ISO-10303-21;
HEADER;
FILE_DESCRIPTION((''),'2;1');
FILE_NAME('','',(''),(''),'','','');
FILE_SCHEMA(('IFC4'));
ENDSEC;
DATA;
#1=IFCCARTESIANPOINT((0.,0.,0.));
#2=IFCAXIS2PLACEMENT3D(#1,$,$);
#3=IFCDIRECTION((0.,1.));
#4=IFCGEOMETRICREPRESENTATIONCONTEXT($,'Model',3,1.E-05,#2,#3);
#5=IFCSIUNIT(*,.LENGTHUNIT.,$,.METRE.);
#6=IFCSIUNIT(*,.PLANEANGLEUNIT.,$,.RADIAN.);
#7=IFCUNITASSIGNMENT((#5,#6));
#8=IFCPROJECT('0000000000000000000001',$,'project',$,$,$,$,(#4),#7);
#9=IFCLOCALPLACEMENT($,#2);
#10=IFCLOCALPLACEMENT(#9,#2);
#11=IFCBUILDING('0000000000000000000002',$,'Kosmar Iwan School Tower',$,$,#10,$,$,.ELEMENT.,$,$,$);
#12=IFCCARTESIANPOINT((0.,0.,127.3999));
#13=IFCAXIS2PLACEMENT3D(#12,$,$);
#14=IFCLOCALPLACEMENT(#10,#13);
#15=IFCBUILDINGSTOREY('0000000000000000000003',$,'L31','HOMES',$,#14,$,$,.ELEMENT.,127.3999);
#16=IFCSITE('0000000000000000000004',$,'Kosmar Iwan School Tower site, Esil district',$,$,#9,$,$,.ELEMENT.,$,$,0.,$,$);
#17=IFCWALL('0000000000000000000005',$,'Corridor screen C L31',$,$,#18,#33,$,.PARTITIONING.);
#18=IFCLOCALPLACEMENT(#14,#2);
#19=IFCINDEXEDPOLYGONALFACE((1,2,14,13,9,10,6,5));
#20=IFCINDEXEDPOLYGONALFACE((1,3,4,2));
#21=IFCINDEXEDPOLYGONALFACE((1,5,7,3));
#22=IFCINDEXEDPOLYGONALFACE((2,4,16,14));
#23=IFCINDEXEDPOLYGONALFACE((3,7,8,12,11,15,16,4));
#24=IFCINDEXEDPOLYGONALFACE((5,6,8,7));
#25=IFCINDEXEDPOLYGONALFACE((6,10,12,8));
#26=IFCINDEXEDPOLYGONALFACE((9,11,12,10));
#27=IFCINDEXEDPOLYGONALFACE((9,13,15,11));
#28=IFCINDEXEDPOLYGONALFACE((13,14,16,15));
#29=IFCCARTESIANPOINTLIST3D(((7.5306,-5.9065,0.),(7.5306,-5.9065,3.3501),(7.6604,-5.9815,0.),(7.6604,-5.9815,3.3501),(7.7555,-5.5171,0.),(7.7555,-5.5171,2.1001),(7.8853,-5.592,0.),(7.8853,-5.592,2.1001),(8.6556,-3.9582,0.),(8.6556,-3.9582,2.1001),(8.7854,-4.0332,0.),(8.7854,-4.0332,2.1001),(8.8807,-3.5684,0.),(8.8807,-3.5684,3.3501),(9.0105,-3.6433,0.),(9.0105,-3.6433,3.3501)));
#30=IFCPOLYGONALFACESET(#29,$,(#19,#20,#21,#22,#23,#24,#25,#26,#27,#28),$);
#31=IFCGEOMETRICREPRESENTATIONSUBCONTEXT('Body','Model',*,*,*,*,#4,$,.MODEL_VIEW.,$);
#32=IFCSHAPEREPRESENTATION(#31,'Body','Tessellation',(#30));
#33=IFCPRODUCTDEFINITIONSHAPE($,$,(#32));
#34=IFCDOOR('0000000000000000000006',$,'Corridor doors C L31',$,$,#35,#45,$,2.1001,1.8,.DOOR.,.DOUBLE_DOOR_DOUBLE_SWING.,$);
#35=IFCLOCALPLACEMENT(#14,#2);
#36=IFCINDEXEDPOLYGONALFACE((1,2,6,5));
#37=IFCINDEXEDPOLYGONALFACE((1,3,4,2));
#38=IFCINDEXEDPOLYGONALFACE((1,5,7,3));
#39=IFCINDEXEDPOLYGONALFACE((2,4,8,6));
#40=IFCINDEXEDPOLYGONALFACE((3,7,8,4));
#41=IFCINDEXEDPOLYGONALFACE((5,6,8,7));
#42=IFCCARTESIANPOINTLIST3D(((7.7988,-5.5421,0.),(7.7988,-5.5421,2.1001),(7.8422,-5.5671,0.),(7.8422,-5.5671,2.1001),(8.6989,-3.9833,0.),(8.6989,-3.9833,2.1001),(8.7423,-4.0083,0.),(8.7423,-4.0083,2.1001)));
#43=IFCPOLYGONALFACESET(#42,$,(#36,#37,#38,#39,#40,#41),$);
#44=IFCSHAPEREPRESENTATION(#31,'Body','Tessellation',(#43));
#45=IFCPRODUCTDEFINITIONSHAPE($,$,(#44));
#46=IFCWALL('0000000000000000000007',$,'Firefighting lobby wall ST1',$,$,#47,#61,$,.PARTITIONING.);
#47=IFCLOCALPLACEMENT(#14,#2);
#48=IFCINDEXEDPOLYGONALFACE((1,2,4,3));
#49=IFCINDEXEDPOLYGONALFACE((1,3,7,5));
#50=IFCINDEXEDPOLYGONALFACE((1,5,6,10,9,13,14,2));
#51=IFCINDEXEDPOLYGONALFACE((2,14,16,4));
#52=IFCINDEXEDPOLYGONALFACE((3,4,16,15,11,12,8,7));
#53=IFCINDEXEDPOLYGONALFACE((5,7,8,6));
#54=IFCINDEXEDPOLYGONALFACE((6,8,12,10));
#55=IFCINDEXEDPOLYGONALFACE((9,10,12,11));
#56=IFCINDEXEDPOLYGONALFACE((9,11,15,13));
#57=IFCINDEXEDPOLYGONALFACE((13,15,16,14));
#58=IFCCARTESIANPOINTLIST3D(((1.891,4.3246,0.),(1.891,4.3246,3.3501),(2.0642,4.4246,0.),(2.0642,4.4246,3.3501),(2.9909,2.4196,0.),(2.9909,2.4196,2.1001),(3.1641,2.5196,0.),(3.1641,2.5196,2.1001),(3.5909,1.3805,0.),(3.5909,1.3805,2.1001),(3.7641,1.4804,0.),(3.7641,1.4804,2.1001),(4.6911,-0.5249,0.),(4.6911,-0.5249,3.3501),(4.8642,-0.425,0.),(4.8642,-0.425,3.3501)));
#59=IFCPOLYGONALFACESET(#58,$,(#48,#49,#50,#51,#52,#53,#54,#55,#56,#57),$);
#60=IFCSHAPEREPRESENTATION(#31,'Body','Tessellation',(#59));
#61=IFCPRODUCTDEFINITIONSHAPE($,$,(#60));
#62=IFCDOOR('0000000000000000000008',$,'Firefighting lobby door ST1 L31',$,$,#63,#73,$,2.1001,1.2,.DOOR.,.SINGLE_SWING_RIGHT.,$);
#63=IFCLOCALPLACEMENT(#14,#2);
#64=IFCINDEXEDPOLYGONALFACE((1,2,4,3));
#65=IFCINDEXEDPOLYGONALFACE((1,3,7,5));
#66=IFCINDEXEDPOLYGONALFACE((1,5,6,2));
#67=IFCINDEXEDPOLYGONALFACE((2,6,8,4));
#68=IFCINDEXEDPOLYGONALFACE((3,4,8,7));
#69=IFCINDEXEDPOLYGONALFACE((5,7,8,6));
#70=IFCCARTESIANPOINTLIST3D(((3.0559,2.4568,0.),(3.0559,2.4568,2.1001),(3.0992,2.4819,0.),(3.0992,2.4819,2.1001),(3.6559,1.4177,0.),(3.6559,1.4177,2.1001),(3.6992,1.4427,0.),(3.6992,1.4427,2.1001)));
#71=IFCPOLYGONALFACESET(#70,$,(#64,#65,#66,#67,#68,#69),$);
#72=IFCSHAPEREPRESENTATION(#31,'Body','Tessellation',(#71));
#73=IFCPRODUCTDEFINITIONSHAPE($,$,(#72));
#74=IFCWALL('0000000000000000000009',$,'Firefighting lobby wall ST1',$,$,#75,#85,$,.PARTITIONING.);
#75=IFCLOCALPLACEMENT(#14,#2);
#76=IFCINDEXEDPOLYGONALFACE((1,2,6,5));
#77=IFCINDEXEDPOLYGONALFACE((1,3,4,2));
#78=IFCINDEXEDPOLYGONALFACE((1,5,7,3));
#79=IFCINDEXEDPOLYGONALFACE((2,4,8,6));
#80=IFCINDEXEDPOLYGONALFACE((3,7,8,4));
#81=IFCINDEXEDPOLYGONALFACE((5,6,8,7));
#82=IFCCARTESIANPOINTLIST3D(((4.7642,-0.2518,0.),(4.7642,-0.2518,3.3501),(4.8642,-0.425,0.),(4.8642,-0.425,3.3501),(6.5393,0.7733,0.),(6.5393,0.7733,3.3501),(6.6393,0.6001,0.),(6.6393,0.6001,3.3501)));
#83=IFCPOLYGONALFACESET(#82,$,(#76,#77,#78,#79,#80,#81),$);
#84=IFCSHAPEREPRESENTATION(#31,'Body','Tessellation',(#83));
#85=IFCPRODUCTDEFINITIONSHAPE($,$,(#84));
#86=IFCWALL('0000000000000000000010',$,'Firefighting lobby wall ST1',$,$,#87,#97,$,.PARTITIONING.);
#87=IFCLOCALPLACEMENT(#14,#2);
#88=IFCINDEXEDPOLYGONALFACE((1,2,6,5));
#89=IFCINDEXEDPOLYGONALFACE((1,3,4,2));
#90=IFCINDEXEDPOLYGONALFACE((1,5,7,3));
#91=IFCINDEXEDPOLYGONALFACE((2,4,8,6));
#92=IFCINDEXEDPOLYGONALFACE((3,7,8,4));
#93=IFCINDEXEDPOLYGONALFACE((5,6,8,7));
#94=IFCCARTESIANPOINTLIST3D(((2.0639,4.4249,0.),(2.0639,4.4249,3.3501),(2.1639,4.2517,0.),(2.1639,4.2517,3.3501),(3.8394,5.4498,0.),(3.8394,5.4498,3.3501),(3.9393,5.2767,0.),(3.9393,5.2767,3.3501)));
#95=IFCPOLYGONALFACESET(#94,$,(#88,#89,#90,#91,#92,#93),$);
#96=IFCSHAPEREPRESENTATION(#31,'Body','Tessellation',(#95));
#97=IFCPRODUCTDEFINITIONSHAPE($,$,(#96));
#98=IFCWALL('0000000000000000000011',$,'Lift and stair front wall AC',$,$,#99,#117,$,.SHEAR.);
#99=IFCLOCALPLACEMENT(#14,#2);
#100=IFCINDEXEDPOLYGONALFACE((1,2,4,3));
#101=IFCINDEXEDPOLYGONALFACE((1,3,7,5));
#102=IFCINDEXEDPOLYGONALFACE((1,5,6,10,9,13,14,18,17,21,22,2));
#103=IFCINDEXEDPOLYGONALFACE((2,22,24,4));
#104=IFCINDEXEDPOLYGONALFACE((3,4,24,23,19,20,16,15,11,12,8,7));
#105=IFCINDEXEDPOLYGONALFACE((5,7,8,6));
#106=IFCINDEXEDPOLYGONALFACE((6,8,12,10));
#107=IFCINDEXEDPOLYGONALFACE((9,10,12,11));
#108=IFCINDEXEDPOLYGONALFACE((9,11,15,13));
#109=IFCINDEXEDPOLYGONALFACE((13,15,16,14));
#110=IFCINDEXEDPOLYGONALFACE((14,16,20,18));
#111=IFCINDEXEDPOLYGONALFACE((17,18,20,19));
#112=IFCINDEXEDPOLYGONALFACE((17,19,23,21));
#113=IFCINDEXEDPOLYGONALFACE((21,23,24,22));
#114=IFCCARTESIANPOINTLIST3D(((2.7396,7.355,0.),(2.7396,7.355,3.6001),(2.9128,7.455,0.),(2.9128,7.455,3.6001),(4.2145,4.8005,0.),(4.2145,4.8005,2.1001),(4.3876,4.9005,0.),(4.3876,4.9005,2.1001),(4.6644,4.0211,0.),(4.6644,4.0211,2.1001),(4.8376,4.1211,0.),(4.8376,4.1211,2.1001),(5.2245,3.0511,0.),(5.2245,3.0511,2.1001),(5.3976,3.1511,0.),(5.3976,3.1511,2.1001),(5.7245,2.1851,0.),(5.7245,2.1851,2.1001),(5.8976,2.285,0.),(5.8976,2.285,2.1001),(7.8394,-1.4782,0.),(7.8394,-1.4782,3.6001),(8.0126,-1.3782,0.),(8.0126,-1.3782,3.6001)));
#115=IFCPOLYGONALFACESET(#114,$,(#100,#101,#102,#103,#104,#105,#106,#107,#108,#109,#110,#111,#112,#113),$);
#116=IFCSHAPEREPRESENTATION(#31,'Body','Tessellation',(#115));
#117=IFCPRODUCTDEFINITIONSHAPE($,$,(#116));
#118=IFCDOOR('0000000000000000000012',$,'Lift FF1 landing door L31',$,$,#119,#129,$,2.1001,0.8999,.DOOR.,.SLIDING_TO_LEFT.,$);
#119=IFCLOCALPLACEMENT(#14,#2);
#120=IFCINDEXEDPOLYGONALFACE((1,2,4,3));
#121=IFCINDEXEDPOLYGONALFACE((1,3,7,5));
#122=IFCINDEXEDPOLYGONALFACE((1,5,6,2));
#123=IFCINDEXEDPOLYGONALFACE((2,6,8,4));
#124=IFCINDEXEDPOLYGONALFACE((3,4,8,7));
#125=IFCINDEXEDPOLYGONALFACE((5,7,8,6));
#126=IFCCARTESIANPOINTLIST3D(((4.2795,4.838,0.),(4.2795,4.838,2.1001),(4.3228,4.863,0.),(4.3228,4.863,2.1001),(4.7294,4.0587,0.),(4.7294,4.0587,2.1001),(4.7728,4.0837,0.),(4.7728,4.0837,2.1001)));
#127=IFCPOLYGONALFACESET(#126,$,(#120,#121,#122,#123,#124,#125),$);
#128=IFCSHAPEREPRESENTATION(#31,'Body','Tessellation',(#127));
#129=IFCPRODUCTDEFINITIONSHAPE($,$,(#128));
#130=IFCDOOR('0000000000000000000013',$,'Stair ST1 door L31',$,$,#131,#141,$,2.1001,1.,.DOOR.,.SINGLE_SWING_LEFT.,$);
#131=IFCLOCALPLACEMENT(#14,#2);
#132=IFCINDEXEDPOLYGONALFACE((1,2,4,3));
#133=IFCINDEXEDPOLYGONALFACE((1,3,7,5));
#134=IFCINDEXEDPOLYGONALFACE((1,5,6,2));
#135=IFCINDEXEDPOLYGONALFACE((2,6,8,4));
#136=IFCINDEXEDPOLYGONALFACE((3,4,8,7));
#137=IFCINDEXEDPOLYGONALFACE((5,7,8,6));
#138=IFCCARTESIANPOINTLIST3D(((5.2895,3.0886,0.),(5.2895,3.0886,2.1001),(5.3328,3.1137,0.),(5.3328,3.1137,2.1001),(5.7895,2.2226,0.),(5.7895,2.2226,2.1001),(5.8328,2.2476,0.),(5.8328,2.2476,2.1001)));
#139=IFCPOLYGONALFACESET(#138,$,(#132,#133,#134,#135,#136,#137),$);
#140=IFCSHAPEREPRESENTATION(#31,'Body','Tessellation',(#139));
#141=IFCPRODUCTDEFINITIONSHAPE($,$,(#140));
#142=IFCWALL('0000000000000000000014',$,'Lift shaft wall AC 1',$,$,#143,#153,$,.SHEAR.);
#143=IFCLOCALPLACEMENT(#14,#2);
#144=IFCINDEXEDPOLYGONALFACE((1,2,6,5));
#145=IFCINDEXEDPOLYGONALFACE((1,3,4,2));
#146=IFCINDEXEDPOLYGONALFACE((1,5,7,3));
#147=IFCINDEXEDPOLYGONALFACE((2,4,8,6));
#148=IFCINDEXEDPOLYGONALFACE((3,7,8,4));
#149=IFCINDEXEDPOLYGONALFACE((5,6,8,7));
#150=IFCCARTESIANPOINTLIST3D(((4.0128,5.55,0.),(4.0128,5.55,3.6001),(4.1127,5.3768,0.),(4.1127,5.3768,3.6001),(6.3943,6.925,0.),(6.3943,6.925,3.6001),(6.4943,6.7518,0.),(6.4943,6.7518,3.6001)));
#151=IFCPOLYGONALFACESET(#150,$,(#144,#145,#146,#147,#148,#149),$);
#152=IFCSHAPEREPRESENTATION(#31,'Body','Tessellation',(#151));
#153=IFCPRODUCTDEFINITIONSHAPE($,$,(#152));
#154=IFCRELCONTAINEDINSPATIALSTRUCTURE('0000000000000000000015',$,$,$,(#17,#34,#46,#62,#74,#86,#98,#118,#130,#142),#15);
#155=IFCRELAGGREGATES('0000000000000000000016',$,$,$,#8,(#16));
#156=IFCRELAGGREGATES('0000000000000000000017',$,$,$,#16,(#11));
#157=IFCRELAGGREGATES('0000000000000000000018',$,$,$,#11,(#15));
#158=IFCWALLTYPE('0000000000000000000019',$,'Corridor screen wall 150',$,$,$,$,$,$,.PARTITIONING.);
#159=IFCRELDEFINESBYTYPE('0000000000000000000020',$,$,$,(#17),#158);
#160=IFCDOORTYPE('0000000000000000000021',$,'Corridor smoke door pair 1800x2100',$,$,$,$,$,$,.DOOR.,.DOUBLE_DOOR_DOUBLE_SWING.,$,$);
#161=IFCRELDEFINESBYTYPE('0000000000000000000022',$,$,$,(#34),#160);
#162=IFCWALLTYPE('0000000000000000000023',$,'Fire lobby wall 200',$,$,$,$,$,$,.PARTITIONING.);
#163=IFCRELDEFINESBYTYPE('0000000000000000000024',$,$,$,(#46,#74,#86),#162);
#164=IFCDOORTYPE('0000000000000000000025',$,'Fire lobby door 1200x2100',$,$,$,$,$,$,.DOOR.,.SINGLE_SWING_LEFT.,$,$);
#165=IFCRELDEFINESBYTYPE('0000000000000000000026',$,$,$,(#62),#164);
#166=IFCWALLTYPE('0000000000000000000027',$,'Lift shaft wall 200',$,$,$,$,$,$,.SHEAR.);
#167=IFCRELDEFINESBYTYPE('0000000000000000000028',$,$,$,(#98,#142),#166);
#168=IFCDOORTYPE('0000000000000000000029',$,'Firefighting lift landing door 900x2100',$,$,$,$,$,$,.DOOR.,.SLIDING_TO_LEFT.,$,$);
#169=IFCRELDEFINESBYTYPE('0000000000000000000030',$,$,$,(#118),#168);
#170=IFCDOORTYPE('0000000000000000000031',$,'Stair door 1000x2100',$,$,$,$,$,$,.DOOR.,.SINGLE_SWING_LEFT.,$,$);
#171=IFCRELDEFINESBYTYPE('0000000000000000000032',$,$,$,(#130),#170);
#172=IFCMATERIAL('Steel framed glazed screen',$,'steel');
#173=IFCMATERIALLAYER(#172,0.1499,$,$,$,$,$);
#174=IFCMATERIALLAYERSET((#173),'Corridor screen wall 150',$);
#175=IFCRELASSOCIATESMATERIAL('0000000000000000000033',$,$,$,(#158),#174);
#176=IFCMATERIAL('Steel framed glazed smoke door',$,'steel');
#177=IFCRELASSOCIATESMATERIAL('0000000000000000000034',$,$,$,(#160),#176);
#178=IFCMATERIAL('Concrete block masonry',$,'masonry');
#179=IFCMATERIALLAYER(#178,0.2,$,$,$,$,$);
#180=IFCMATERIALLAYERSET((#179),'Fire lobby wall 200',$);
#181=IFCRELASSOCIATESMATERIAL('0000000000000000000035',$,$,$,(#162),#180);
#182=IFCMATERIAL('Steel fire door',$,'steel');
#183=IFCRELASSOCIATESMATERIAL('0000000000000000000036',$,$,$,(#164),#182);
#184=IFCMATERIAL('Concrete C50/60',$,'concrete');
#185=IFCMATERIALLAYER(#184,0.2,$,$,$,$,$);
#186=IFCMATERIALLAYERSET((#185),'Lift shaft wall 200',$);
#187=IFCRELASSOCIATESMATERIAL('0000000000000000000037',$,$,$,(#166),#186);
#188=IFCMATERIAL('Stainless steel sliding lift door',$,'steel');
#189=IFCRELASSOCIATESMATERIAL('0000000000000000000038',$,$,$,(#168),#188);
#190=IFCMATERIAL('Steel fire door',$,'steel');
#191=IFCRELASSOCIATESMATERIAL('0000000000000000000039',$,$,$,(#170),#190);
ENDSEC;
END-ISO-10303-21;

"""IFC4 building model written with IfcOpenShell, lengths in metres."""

from ifc_helpers import new_model, si_unit, direction, frame, frame_2d, origin, place, context, subcontext, project, spatial, rectangle, extrude, material, layer, layer_set, type_object, element, fill, save


model = new_model("IFC4")

# Units and contexts
model_context = context("Model", 3, precision=1e-05, world=origin(), true_north=direction((0.0, 1.0)))
body_context = subcontext(model_context, "Body", "Model", "MODEL_VIEW")
ifc_project = project(units=[si_unit("LENGTHUNIT", "METRE"), si_unit("PLANEANGLEUNIT", "RADIAN")], contexts=[model_context])

# Site, building, storey
site_placement = place(None, origin())
site = spatial("IfcSite", under=ifc_project, at=site_placement, Name="Kosmar Iwan School Tower site, Esil district", CompositionType="ELEMENT", RefElevation=0.0)
building_placement = place(site_placement, origin())
building = spatial("IfcBuilding", under=site, at=building_placement, Name="Kosmar Iwan School Tower", CompositionType="ELEMENT")
storey_placement = place(building_placement, frame((0.0, 0.0, 127.3999)))
storey = spatial("IfcBuildingStorey", under=building, at=storey_placement, Name="L31", Description="HOMES", CompositionType="ELEMENT", Elevation=127.3999)

# Walls, openings, doors
ifc_material_1 = material(Name="Steel framed glazed screen", Category="steel")
ifc_layer_1 = layer(ifc_material_1, 0.1499)
ifc_layer_set_1 = layer_set([ifc_layer_1], Name="Corridor screen wall 150")
wall_type_1 = type_object("IfcWallType", Name="Corridor screen wall 150", PredefinedType="PARTITIONING", material=ifc_layer_set_1)
wall_1_placement = place(storey_placement, frame((7.5955, -5.9441, 0.0), z_axis=(0.0, 0.0, 1.0), x_axis=(0.500049, 0.865997, 0.0)))
wall_1 = element("IfcWall", 1, at=wall_1_placement, inside=storey, type_object=wall_type_1, Name="Corridor screen C L31", PredefinedType="PARTITIONING", context=body_context, shape_type="SweptSolid", body=[
    extrude(rectangle(XDim=2.7, YDim=0.1499, at=frame_2d((1.3501, 0.0))), origin(), (0.0, 0.0, 1.0), 3.3501),
])
opening_1_placement = place(wall_1_placement, frame((0.45, 0.0, 0.0)))
opening_1 = element("IfcOpeningElement", 2, at=opening_1_placement, cuts=wall_1, PredefinedType="OPENING", context=body_context, shape_type="SweptSolid", body=[
    extrude(rectangle(XDim=1.8, YDim=2.1001, at=frame_2d((0.8999, 1.05))), frame((0.0, 0.0869, 0.0), z_axis=(0.0, -1.0, 0.0), x_axis=(1.0, 0.0, 0.0)), (0.0, 0.0, 1.0), 0.1738),
])
ifc_material_2 = material(Name="Steel framed glazed smoke door", Category="steel")
door_type_1 = type_object("IfcDoorType", Name="Corridor smoke door pair 1800x2100", OperationType="DOUBLE_DOOR_DOUBLE_SWING", PredefinedType="DOOR", material=ifc_material_2)
door_1_placement = place(opening_1_placement, origin())
door_1 = element("IfcDoor", 3, at=door_1_placement, inside=storey, type_object=door_type_1, Name="Corridor doors C L31", OperationType="DOUBLE_DOOR_DOUBLE_SWING", OverallHeight=2.1001, OverallWidth=1.8, PredefinedType="DOOR", context=body_context, shape_type="SweptSolid", body=[
    extrude(rectangle(XDim=1.8, YDim=2.1001, at=frame_2d((0.8999, 1.05))), frame((0.0, 0.0249, 0.0), z_axis=(0.0, -1.0, 0.0), x_axis=(1.0, 0.0, 0.0)), (0.0, 0.0, 1.0), 0.05),
])
fill(opening_1, door_1)
ifc_material_3 = material(Name="Concrete block masonry", Category="masonry")
ifc_layer_2 = layer(ifc_material_3, 0.2)
ifc_layer_set_2 = layer_set([ifc_layer_2], Name="Fire lobby wall 200")
wall_type_2 = type_object("IfcWallType", Name="Fire lobby wall 200", PredefinedType="PARTITIONING", material=ifc_layer_set_2)
wall_2_placement = place(storey_placement, frame((4.7776, -0.4749, 0.0), z_axis=(0.0, 0.0, 1.0), x_axis=(-0.500017, 0.866016, 0.0)))
wall_2 = element("IfcWall", 4, at=wall_2_placement, inside=storey, type_object=wall_type_2, Name="Firefighting lobby wall ST1", PredefinedType="PARTITIONING", context=body_context, shape_type="SweptSolid", body=[
    extrude(rectangle(XDim=5.5999, YDim=0.2, at=frame_2d((2.7998, 0.0))), origin(), (0.0, 0.0, 1.0), 3.3501),
])
opening_2_placement = place(wall_2_placement, frame((2.2, 0.0, 0.0)))
opening_2 = element("IfcOpeningElement", 5, at=opening_2_placement, cuts=wall_2, PredefinedType="OPENING", context=body_context, shape_type="SweptSolid", body=[
    extrude(rectangle(XDim=1.2, YDim=2.1001, at=frame_2d((0.6001, 1.05))), frame((0.0, 0.1121, 0.0), z_axis=(0.0, -1.0, 0.0), x_axis=(1.0, 0.0, 0.0)), (0.0, 0.0, 1.0), 0.2239),
])
ifc_material_4 = material(Name="Steel fire door", Category="steel")
door_type_2 = type_object("IfcDoorType", Name="Fire lobby door 1200x2100", OperationType="SINGLE_SWING_LEFT", PredefinedType="DOOR", material=ifc_material_4)
door_2_placement = place(opening_2_placement, frame((1.2, 0.0, 0.0), z_axis=(0.0, 0.0, 1.0), x_axis=(-1.0, 0.0, 0.0)))
door_2 = element("IfcDoor", 6, at=door_2_placement, inside=storey, type_object=door_type_2, Name="Firefighting lobby door ST1 L31", OperationType="SINGLE_SWING_RIGHT", OverallHeight=2.1001, OverallWidth=1.2, PredefinedType="DOOR", context=body_context, shape_type="SweptSolid", body=[
    extrude(rectangle(XDim=1.2, YDim=2.1001, at=frame_2d((0.6001, 1.05))), frame((0.0, 0.0249, 0.0), z_axis=(0.0, -1.0, 0.0), x_axis=(1.0, 0.0, 0.0)), (0.0, 0.0, 1.0), 0.05),
])
fill(opening_2, door_2)

# Walls
wall_3_placement = place(storey_placement, frame((4.8142, -0.3384, 0.0), z_axis=(0.0, 0.0, 1.0), x_axis=(0.865969, 0.500097, 0.0)))
element("IfcWall", 7, at=wall_3_placement, inside=storey, type_object=wall_type_2, Name="Firefighting lobby wall ST1", PredefinedType="PARTITIONING", context=body_context, shape_type="SweptSolid", body=[
    extrude(rectangle(XDim=2.0498, YDim=0.2, at=frame_2d((1.0249, 0.0))), origin(), (0.0, 0.0, 1.0), 3.3501),
])
wall_4_placement = place(storey_placement, frame((2.114, 4.3384, 0.0), z_axis=(0.0, 0.0, 1.0), x_axis=(0.866051, 0.499956, 0.0)))
element("IfcWall", 8, at=wall_4_placement, inside=storey, type_object=wall_type_2, Name="Firefighting lobby wall ST1", PredefinedType="PARTITIONING", context=body_context, shape_type="SweptSolid", body=[
    extrude(rectangle(XDim=2.05, YDim=0.2, at=frame_2d((1.0249, 0.0))), origin(), (0.0, 0.0, 1.0), 3.3501),
])

# Wall, openings, doors
ifc_material_5 = material(Name="Concrete C50/60", Category="concrete")
ifc_layer_3 = layer(ifc_material_5, 0.2)
ifc_layer_set_3 = layer_set([ifc_layer_3], Name="Lift shaft wall 200")
wall_type_3 = type_object("IfcWallType", Name="Lift shaft wall 200", PredefinedType="SHEAR", material=ifc_layer_set_3)
wall_5_placement = place(storey_placement, frame((7.926, -1.4282, 0.0), z_axis=(0.0, 0.0, 1.0), x_axis=(-0.499998, 0.866027, 0.0)))
wall_5 = element("IfcWall", 9, at=wall_5_placement, inside=storey, type_object=wall_type_3, Name="Lift and stair front wall AC", PredefinedType="SHEAR", context=body_context, shape_type="SweptSolid", body=[
    extrude(rectangle(XDim=10.1997, YDim=0.2, at=frame_2d((5.0999, 0.0))), origin(), (0.0, 0.0, 1.0), 3.6001),
])
opening_3_placement = place(wall_5_placement, frame((6.3501, 0.0, 0.0)))
opening_3 = element("IfcOpeningElement", 10, at=opening_3_placement, cuts=wall_5, PredefinedType="OPENING", context=body_context, shape_type="SweptSolid", body=[
    extrude(rectangle(XDim=0.8999, YDim=2.1001, at=frame_2d((0.45, 1.05))), frame((0.0, 0.1121, 0.0), z_axis=(0.0, -1.0, 0.0), x_axis=(1.0, 0.0, 0.0)), (0.0, 0.0, 1.0), 0.2239),
])
opening_4_placement = place(wall_5_placement, frame((4.23, 0.0, 0.0)))
opening_4 = element("IfcOpeningElement", 11, at=opening_4_placement, cuts=wall_5, PredefinedType="OPENING", context=body_context, shape_type="SweptSolid", body=[
    extrude(rectangle(XDim=1.0, YDim=2.1001, at=frame_2d((0.5, 1.05))), frame((0.0, 0.1121, 0.0), z_axis=(0.0, -1.0, 0.0), x_axis=(1.0, 0.0, 0.0)), (0.0, 0.0, 1.0), 0.2239),
])
ifc_material_6 = material(Name="Stainless steel sliding lift door", Category="steel")
door_type_3 = type_object("IfcDoorType", Name="Firefighting lift landing door 900x2100", OperationType="SLIDING_TO_LEFT", PredefinedType="DOOR", material=ifc_material_6)
door_3_placement = place(opening_3_placement, origin())
door_3 = element("IfcDoor", 12, at=door_3_placement, inside=storey, type_object=door_type_3, Name="Lift FF1 landing door L31", OperationType="SLIDING_TO_LEFT", OverallHeight=2.1001, OverallWidth=0.8999, PredefinedType="DOOR", context=body_context, shape_type="SweptSolid", body=[
    extrude(rectangle(XDim=0.8999, YDim=2.1001, at=frame_2d((0.45, 1.05))), frame((0.0, 0.0249, 0.0), z_axis=(0.0, -1.0, 0.0), x_axis=(1.0, 0.0, 0.0)), (0.0, 0.0, 1.0), 0.05),
])
fill(opening_3, door_3)
ifc_material_7 = material(Name="Steel fire door", Category="steel")
door_type_4 = type_object("IfcDoorType", Name="Stair door 1000x2100", OperationType="SINGLE_SWING_LEFT", PredefinedType="DOOR", material=ifc_material_7)
door_4_placement = place(opening_4_placement, origin())
door_4 = element("IfcDoor", 13, at=door_4_placement, inside=storey, type_object=door_type_4, Name="Stair ST1 door L31", OperationType="SINGLE_SWING_LEFT", OverallHeight=2.1001, OverallWidth=1.0, PredefinedType="DOOR", context=body_context, shape_type="SweptSolid", body=[
    extrude(rectangle(XDim=1.0, YDim=2.1001, at=frame_2d((0.5, 1.05))), frame((0.0, 0.0249, 0.0), z_axis=(0.0, -1.0, 0.0), x_axis=(1.0, 0.0, 0.0)), (0.0, 0.0, 1.0), 0.05),
])
fill(opening_4, door_4)

# Wall
wall_6_placement = place(storey_placement, frame((4.0627, 5.4634, 0.0), z_axis=(0.0, 0.0, 1.0), x_axis=(0.866027, 0.499997, 0.0)))
element("IfcWall", 14, at=wall_6_placement, inside=storey, type_object=wall_type_3, Name="Lift shaft wall AC 1", PredefinedType="SHEAR", context=body_context, shape_type="SweptSolid", body=[
    extrude(rectangle(XDim=2.75, YDim=0.2, at=frame_2d((1.375, 0.0))), origin(), (0.0, 0.0, 1.0), 3.6001),
])

save(model, "model.ifc")
